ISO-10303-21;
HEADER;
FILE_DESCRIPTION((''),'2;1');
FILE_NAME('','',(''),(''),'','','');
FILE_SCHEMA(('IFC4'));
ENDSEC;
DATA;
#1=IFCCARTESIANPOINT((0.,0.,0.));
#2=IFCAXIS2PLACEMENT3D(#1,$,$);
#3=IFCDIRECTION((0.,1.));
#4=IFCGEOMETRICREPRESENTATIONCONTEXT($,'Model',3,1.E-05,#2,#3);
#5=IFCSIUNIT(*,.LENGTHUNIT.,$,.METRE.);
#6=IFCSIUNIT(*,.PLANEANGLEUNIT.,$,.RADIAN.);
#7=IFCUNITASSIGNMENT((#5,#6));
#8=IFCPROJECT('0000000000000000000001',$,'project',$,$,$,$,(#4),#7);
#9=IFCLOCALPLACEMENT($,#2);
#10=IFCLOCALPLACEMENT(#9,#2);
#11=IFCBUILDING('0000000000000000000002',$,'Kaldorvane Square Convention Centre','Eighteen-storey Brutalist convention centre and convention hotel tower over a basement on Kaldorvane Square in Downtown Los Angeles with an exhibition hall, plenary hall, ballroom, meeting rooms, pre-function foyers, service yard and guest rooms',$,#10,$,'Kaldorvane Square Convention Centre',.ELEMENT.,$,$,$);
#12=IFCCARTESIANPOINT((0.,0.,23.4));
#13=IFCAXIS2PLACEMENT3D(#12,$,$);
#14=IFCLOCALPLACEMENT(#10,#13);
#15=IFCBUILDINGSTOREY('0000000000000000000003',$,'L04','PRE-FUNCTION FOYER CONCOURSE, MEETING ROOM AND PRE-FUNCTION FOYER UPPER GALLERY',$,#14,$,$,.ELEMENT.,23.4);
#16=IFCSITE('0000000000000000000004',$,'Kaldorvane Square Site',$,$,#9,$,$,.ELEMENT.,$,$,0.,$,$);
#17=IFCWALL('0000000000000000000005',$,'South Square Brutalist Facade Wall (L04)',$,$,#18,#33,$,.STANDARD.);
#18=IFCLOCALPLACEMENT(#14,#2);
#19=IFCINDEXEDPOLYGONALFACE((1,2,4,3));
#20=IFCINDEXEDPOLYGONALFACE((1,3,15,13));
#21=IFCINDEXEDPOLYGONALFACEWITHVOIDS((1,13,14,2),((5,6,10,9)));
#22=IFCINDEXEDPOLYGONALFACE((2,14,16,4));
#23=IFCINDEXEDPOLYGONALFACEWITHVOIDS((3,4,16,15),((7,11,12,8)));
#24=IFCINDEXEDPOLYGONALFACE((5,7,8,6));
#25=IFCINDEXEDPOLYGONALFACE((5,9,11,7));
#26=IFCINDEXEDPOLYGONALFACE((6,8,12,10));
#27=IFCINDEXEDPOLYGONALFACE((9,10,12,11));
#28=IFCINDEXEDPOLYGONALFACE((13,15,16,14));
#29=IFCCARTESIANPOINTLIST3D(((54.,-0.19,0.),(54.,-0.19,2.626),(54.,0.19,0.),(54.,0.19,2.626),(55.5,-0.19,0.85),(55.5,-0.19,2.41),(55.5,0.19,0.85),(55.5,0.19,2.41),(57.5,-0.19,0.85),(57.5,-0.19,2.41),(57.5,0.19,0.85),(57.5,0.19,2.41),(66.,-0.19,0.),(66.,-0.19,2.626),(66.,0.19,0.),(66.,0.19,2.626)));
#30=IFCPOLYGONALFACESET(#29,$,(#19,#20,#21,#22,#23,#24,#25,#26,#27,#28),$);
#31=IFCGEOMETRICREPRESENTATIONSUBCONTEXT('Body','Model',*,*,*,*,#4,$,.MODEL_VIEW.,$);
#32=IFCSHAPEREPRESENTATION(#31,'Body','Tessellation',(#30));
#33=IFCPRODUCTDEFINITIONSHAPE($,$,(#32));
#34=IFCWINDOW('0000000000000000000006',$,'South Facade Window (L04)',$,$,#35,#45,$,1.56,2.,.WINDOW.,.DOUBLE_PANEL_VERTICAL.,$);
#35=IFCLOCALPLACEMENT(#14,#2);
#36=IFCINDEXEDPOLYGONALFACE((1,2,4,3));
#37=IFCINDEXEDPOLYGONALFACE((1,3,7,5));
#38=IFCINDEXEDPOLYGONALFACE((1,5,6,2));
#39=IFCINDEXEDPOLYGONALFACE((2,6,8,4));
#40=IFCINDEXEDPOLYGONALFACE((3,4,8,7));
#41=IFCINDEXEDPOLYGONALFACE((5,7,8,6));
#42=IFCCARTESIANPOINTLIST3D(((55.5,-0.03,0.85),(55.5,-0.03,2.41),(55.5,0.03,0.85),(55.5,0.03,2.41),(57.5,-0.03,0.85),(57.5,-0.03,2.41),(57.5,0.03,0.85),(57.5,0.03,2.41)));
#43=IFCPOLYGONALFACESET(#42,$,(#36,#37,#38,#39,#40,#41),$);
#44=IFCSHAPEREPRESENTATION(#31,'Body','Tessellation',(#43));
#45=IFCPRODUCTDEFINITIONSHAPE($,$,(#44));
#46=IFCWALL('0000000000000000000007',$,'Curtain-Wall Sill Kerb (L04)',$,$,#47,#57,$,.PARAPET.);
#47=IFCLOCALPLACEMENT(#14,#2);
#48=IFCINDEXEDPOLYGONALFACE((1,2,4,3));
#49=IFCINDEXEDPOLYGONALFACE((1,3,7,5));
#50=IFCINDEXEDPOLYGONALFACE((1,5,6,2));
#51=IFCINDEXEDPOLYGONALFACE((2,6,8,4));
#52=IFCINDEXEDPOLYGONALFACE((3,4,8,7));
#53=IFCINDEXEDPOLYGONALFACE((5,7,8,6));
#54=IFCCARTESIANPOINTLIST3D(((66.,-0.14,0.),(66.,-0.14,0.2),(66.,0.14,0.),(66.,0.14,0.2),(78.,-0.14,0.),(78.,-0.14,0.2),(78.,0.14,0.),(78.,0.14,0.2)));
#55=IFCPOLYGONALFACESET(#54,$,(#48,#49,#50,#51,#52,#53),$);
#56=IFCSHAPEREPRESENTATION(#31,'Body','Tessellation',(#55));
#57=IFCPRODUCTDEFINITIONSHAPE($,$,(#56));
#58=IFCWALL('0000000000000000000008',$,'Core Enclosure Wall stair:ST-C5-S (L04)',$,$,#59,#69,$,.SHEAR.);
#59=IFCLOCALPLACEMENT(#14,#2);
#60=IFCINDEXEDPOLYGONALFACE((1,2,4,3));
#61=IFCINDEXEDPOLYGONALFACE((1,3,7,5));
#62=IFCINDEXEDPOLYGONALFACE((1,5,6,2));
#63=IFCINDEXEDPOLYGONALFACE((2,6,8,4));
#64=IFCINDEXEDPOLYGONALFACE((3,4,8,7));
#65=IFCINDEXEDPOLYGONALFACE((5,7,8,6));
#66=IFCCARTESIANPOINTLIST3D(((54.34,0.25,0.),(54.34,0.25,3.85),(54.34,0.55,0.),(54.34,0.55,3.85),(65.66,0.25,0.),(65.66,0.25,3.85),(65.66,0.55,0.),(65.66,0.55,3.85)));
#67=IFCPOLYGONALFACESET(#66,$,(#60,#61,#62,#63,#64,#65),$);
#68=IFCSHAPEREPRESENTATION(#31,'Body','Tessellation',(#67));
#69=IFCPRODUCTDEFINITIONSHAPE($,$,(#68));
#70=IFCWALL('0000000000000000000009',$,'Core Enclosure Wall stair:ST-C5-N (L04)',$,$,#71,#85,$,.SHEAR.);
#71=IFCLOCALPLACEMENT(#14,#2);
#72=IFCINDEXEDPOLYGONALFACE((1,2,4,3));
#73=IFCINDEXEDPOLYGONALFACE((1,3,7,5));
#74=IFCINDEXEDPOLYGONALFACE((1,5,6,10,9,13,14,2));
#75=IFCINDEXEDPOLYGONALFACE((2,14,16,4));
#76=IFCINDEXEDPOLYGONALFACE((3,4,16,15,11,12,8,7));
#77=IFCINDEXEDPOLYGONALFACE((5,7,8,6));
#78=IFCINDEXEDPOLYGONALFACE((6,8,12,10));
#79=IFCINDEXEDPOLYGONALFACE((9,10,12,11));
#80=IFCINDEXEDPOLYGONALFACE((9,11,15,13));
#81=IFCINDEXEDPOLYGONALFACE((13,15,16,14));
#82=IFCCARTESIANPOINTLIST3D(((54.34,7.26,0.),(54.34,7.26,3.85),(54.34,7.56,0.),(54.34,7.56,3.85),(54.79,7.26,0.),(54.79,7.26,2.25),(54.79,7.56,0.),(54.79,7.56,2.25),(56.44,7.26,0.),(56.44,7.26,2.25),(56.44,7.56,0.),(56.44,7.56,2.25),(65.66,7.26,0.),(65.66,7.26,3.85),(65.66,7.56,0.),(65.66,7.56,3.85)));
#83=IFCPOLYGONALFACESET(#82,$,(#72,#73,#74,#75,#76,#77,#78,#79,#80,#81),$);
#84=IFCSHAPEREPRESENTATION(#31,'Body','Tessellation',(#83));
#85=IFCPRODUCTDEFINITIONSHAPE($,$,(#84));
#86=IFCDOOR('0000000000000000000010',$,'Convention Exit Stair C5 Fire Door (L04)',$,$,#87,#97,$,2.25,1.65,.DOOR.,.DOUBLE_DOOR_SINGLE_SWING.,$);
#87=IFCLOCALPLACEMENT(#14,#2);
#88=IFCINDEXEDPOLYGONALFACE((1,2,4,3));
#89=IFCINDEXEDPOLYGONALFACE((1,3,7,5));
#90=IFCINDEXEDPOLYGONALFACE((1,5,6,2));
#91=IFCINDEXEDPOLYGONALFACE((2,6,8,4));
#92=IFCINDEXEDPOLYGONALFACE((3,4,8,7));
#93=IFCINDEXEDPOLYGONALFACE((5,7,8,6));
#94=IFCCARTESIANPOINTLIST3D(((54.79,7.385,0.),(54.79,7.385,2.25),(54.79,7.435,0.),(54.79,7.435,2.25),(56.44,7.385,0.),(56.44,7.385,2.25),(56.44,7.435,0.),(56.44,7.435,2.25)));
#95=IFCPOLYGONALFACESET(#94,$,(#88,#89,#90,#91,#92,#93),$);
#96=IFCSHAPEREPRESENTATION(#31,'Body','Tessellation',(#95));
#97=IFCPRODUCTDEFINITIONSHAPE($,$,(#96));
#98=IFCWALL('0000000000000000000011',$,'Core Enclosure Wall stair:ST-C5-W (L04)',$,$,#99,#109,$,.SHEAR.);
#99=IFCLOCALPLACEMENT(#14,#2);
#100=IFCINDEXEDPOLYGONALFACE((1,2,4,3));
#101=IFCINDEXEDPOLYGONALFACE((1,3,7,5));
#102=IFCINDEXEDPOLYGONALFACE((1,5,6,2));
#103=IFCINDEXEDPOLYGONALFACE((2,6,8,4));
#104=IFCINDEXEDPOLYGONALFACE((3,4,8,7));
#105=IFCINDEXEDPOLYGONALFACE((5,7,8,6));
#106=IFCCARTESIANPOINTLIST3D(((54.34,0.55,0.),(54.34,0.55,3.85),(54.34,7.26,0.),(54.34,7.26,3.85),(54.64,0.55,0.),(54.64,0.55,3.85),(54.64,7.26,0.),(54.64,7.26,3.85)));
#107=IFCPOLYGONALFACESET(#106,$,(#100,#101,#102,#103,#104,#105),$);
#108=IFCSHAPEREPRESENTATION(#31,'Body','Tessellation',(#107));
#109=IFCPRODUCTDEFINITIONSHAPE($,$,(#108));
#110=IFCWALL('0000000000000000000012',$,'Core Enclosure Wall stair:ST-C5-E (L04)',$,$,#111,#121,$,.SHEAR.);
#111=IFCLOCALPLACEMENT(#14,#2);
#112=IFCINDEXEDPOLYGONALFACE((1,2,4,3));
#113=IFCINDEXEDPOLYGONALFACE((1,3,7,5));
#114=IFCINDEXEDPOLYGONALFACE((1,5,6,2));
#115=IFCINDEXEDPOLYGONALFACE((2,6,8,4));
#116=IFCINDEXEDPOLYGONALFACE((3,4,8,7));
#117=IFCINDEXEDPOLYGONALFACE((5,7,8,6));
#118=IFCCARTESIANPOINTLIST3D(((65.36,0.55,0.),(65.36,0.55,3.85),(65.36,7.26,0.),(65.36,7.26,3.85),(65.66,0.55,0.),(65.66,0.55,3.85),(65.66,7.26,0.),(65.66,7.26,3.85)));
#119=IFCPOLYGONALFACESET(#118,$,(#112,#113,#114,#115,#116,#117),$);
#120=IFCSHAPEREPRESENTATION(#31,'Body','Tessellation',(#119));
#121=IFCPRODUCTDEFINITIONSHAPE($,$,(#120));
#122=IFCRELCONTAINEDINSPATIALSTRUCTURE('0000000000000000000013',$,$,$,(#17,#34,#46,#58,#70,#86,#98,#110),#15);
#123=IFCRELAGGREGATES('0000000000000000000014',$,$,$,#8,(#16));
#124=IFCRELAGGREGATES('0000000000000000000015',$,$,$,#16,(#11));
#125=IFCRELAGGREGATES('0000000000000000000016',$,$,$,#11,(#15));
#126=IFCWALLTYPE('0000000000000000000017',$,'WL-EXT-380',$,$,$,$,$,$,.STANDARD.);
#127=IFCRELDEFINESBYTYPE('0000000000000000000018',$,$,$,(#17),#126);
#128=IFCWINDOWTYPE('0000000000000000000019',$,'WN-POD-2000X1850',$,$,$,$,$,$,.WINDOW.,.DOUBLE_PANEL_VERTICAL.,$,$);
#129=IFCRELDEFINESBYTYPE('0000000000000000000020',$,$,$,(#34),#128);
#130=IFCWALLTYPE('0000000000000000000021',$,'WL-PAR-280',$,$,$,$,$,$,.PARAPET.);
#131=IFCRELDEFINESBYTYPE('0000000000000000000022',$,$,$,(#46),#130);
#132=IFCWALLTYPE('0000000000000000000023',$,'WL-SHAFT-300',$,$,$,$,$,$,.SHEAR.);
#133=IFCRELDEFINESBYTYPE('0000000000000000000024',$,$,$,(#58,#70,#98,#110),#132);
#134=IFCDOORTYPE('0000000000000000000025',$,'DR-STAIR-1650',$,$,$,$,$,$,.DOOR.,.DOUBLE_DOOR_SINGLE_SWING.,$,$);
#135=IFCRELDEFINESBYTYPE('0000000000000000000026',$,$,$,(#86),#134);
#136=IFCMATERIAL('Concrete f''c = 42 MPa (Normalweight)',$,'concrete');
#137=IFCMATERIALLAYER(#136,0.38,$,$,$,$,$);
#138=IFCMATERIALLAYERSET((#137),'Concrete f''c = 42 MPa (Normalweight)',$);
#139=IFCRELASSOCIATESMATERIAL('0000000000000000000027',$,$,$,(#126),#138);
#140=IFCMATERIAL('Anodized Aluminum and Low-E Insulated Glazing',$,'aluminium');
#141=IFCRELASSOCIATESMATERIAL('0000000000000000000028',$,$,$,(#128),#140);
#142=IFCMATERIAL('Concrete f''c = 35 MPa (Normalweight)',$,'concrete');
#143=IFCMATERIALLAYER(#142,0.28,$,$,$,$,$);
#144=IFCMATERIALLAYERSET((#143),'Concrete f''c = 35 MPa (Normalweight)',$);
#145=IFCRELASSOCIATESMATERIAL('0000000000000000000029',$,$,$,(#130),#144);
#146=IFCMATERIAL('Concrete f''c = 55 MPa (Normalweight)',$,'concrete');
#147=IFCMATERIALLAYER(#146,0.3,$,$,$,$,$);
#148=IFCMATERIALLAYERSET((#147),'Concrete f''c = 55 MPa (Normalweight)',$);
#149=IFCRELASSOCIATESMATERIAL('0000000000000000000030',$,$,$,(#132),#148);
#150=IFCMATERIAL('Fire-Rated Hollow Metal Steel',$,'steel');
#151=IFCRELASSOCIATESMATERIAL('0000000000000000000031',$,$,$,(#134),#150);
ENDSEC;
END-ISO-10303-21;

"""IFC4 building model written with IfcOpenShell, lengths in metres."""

from ifc_helpers import new_model, si_unit, direction, frame, frame_2d, origin, place, context, subcontext, project, spatial, rectangle, extrude, material, layer, layer_set, type_object, element, fill, save


model = new_model("IFC4")

# Units and contexts
model_context = context("Model", 3, precision=1e-05, world=origin(), true_north=direction((0.0, 1.0)))
body_context = subcontext(model_context, "Body", "Model", "MODEL_VIEW")
ifc_project = project(units=[si_unit("LENGTHUNIT", "METRE"), si_unit("PLANEANGLEUNIT", "RADIAN")], contexts=[model_context])

# Site, building, storey
site_placement = place(None, origin())
site = spatial("IfcSite", under=ifc_project, at=site_placement, Name="Kaldorvane Square Site", CompositionType="ELEMENT", RefElevation=0.0)
building_placement = place(site_placement, origin())
building = spatial("IfcBuilding", under=site, at=building_placement, Name="Kaldorvane Square Convention Centre", Description="Eighteen-storey Brutalist convention centre and convention hotel tower over a basement on Kaldorvane Square in Downtown Los Angeles with an exhibition hall, plenary hall, ballroom, meeting rooms, pre-function foyers, service yard and guest rooms", LongName="Kaldorvane Square Convention Centre", CompositionType="ELEMENT")
storey_placement = place(building_placement, frame((0.0, 0.0, 23.4)))
storey = spatial("IfcBuildingStorey", under=building, at=storey_placement, Name="L04", Description="PRE-FUNCTION FOYER CONCOURSE, MEETING ROOM AND PRE-FUNCTION FOYER UPPER GALLERY", CompositionType="ELEMENT", Elevation=23.4)

# Shared definitions
ifc_material_1 = material(Name="Concrete f'c = 55 MPa (Normalweight)", Category="concrete")

# Shared definitions
ifc_material_2 = material(Name="Concrete f'c = 42 MPa (Normalweight)", Category="concrete")

# Wall, opening, window
ifc_layer_1 = layer(ifc_material_2, 0.38)
ifc_layer_set_1 = layer_set([ifc_layer_1], Name="Concrete f'c = 42 MPa (Normalweight)")
wall_type_1 = type_object("IfcWallType", Name="WL-EXT-380", PredefinedType="STANDARD", material=ifc_layer_set_1)
wall_1_placement = place(storey_placement, frame((54.0, 0.0, 0.0), z_axis=(0.0, 0.0, 1.0), x_axis=(1.0, 0.0, 0.0)))
wall_1 = element("IfcWall", 1, at=wall_1_placement, inside=storey, type_object=wall_type_1, Name="South Square Brutalist Facade Wall (L04)", PredefinedType="STANDARD", context=body_context, shape_type="SweptSolid", body=[
    extrude(rectangle(XDim=12.0, YDim=0.38, at=frame_2d((6.0, 0.0))), origin(), (0.0, 0.0, 1.0), 2.626),
])
opening_1_placement = place(wall_1_placement, frame((1.5, 0.0, 0.85)))
opening_1 = element("IfcOpeningElement", 2, at=opening_1_placement, cuts=wall_1, PredefinedType="OPENING", context=body_context, shape_type="SweptSolid", body=[
    extrude(rectangle(XDim=2.0, YDim=1.56, at=frame_2d((1.0, 0.78))), frame((0.0, 0.205, 0.0), z_axis=(0.0, -1.0, 0.0), x_axis=(1.0, 0.0, 0.0)), (0.0, 0.0, 1.0), 0.41),
])
ifc_material_3 = material(Name="Anodized Aluminum and Low-E Insulated Glazing", Category="aluminium")
window_type = type_object("IfcWindowType", Name="WN-POD-2000X1850", PartitioningType="DOUBLE_PANEL_VERTICAL", PredefinedType="WINDOW", material=ifc_material_3)
window_placement = place(opening_1_placement, origin())
window = element("IfcWindow", 3, at=window_placement, inside=storey, type_object=window_type, Name="South Facade Window (L04)", OverallHeight=1.56, OverallWidth=2.0, PartitioningType="DOUBLE_PANEL_VERTICAL", PredefinedType="WINDOW", context=body_context, shape_type="SweptSolid", body=[
    extrude(rectangle(XDim=2.0, YDim=1.56, at=frame_2d((1.0, 0.78))), frame((0.0, 0.03, 0.0), z_axis=(0.0, -1.0, 0.0), x_axis=(1.0, 0.0, 0.0)), (0.0, 0.0, 1.0), 0.06),
])
fill(opening_1, window)

# Walls
ifc_material_4 = material(Name="Concrete f'c = 35 MPa (Normalweight)", Category="concrete")
ifc_layer_2 = layer(ifc_material_4, 0.28)
ifc_layer_set_2 = layer_set([ifc_layer_2], Name="Concrete f'c = 35 MPa (Normalweight)")
wall_type_2 = type_object("IfcWallType", Name="WL-PAR-280", PredefinedType="PARAPET", material=ifc_layer_set_2)
wall_2_placement = place(storey_placement, frame((66.0, 0.0, 0.0), z_axis=(0.0, 0.0, 1.0), x_axis=(1.0, 0.0, 0.0)))
element("IfcWall", 4, at=wall_2_placement, inside=storey, type_object=wall_type_2, Name="Curtain-Wall Sill Kerb (L04)", PredefinedType="PARAPET", context=body_context, shape_type="SweptSolid", body=[
    extrude(rectangle(XDim=12.0, YDim=0.28, at=frame_2d((6.0, 0.0))), origin(), (0.0, 0.0, 1.0), 0.2),
])
ifc_layer_3 = layer(ifc_material_1, 0.3)
ifc_layer_set_3 = layer_set([ifc_layer_3], Name="Concrete f'c = 55 MPa (Normalweight)")
wall_type_3 = type_object("IfcWallType", Name="WL-SHAFT-300", PredefinedType="SHEAR", material=ifc_layer_set_3)
wall_3_placement = place(storey_placement, frame((65.66, 0.4, 0.0), z_axis=(0.0, 0.0, 1.0), x_axis=(-1.0, 0.0, 0.0)))
element("IfcWall", 5, at=wall_3_placement, inside=storey, type_object=wall_type_3, Name="Core Enclosure Wall stair:ST-C5-S (L04)", PredefinedType="SHEAR", context=body_context, shape_type="SweptSolid", body=[
    extrude(rectangle(XDim=11.32, YDim=0.3, at=frame_2d((5.66, 0.0))), origin(), (0.0, 0.0, 1.0), 3.85),
])

# Wall, opening, door
wall_4_placement = place(storey_placement, frame((65.66, 7.41, 0.0), z_axis=(0.0, 0.0, 1.0), x_axis=(-1.0, 0.0, 0.0)))
wall_4 = element("IfcWall", 6, at=wall_4_placement, inside=storey, type_object=wall_type_3, Name="Core Enclosure Wall stair:ST-C5-N (L04)", PredefinedType="SHEAR", context=body_context, shape_type="SweptSolid", body=[
    extrude(rectangle(XDim=11.32, YDim=0.3, at=frame_2d((5.66, 0.0))), origin(), (0.0, 0.0, 1.0), 3.85),
])
opening_2_placement = place(wall_4_placement, frame((9.22, 0.0, 0.0)))
opening_2 = element("IfcOpeningElement", 7, at=opening_2_placement, cuts=wall_4, PredefinedType="OPENING", context=body_context, shape_type="SweptSolid", body=[
    extrude(rectangle(XDim=1.65, YDim=2.25, at=frame_2d((0.825, 1.125))), frame((0.0, 0.165, 0.0), z_axis=(0.0, -1.0, 0.0), x_axis=(1.0, 0.0, 0.0)), (0.0, 0.0, 1.0), 0.33),
])
ifc_material_5 = material(Name="Fire-Rated Hollow Metal Steel", Category="steel")
door_type = type_object("IfcDoorType", Name="DR-STAIR-1650", OperationType="DOUBLE_DOOR_SINGLE_SWING", PredefinedType="DOOR", material=ifc_material_5)
door_placement = place(opening_2_placement, origin())
door = element("IfcDoor", 8, at=door_placement, inside=storey, type_object=door_type, Name="Convention Exit Stair C5 Fire Door (L04)", OperationType="DOUBLE_DOOR_SINGLE_SWING", OverallHeight=2.25, OverallWidth=1.65, PredefinedType="DOOR", context=body_context, shape_type="SweptSolid", body=[
    extrude(rectangle(XDim=1.65, YDim=2.25, at=frame_2d((0.825, 1.125))), frame((0.0, 0.025, 0.0), z_axis=(0.0, -1.0, 0.0), x_axis=(1.0, 0.0, 0.0)), (0.0, 0.0, 1.0), 0.05),
])
fill(opening_2, door)

# Walls
for number, where, z_axis, x_axis, name in (
    (9, (54.49, 7.26, 0.0), (0.0, 0.0, 1.0), (0.0, -1.0, 0.0), "Core Enclosure Wall stair:ST-C5-W (L04)"),
    (10, (65.51, 0.55, 0.0), (0.0, 0.0, 1.0), (0.0, 1.0, 0.0), "Core Enclosure Wall stair:ST-C5-E (L04)"),
):
    element("IfcWall", number, at=place(storey_placement, frame(where, z_axis=z_axis, x_axis=x_axis)), inside=storey, type_object=wall_type_3, Name=name, PredefinedType="SHEAR", context=body_context, shape_type="SweptSolid", body=[
        extrude(rectangle(XDim=6.71, YDim=0.3, at=frame_2d((3.355, 0.0))), origin(), (0.0, 0.0, 1.0), 3.85),
    ])

save(model, "model.ifc")
